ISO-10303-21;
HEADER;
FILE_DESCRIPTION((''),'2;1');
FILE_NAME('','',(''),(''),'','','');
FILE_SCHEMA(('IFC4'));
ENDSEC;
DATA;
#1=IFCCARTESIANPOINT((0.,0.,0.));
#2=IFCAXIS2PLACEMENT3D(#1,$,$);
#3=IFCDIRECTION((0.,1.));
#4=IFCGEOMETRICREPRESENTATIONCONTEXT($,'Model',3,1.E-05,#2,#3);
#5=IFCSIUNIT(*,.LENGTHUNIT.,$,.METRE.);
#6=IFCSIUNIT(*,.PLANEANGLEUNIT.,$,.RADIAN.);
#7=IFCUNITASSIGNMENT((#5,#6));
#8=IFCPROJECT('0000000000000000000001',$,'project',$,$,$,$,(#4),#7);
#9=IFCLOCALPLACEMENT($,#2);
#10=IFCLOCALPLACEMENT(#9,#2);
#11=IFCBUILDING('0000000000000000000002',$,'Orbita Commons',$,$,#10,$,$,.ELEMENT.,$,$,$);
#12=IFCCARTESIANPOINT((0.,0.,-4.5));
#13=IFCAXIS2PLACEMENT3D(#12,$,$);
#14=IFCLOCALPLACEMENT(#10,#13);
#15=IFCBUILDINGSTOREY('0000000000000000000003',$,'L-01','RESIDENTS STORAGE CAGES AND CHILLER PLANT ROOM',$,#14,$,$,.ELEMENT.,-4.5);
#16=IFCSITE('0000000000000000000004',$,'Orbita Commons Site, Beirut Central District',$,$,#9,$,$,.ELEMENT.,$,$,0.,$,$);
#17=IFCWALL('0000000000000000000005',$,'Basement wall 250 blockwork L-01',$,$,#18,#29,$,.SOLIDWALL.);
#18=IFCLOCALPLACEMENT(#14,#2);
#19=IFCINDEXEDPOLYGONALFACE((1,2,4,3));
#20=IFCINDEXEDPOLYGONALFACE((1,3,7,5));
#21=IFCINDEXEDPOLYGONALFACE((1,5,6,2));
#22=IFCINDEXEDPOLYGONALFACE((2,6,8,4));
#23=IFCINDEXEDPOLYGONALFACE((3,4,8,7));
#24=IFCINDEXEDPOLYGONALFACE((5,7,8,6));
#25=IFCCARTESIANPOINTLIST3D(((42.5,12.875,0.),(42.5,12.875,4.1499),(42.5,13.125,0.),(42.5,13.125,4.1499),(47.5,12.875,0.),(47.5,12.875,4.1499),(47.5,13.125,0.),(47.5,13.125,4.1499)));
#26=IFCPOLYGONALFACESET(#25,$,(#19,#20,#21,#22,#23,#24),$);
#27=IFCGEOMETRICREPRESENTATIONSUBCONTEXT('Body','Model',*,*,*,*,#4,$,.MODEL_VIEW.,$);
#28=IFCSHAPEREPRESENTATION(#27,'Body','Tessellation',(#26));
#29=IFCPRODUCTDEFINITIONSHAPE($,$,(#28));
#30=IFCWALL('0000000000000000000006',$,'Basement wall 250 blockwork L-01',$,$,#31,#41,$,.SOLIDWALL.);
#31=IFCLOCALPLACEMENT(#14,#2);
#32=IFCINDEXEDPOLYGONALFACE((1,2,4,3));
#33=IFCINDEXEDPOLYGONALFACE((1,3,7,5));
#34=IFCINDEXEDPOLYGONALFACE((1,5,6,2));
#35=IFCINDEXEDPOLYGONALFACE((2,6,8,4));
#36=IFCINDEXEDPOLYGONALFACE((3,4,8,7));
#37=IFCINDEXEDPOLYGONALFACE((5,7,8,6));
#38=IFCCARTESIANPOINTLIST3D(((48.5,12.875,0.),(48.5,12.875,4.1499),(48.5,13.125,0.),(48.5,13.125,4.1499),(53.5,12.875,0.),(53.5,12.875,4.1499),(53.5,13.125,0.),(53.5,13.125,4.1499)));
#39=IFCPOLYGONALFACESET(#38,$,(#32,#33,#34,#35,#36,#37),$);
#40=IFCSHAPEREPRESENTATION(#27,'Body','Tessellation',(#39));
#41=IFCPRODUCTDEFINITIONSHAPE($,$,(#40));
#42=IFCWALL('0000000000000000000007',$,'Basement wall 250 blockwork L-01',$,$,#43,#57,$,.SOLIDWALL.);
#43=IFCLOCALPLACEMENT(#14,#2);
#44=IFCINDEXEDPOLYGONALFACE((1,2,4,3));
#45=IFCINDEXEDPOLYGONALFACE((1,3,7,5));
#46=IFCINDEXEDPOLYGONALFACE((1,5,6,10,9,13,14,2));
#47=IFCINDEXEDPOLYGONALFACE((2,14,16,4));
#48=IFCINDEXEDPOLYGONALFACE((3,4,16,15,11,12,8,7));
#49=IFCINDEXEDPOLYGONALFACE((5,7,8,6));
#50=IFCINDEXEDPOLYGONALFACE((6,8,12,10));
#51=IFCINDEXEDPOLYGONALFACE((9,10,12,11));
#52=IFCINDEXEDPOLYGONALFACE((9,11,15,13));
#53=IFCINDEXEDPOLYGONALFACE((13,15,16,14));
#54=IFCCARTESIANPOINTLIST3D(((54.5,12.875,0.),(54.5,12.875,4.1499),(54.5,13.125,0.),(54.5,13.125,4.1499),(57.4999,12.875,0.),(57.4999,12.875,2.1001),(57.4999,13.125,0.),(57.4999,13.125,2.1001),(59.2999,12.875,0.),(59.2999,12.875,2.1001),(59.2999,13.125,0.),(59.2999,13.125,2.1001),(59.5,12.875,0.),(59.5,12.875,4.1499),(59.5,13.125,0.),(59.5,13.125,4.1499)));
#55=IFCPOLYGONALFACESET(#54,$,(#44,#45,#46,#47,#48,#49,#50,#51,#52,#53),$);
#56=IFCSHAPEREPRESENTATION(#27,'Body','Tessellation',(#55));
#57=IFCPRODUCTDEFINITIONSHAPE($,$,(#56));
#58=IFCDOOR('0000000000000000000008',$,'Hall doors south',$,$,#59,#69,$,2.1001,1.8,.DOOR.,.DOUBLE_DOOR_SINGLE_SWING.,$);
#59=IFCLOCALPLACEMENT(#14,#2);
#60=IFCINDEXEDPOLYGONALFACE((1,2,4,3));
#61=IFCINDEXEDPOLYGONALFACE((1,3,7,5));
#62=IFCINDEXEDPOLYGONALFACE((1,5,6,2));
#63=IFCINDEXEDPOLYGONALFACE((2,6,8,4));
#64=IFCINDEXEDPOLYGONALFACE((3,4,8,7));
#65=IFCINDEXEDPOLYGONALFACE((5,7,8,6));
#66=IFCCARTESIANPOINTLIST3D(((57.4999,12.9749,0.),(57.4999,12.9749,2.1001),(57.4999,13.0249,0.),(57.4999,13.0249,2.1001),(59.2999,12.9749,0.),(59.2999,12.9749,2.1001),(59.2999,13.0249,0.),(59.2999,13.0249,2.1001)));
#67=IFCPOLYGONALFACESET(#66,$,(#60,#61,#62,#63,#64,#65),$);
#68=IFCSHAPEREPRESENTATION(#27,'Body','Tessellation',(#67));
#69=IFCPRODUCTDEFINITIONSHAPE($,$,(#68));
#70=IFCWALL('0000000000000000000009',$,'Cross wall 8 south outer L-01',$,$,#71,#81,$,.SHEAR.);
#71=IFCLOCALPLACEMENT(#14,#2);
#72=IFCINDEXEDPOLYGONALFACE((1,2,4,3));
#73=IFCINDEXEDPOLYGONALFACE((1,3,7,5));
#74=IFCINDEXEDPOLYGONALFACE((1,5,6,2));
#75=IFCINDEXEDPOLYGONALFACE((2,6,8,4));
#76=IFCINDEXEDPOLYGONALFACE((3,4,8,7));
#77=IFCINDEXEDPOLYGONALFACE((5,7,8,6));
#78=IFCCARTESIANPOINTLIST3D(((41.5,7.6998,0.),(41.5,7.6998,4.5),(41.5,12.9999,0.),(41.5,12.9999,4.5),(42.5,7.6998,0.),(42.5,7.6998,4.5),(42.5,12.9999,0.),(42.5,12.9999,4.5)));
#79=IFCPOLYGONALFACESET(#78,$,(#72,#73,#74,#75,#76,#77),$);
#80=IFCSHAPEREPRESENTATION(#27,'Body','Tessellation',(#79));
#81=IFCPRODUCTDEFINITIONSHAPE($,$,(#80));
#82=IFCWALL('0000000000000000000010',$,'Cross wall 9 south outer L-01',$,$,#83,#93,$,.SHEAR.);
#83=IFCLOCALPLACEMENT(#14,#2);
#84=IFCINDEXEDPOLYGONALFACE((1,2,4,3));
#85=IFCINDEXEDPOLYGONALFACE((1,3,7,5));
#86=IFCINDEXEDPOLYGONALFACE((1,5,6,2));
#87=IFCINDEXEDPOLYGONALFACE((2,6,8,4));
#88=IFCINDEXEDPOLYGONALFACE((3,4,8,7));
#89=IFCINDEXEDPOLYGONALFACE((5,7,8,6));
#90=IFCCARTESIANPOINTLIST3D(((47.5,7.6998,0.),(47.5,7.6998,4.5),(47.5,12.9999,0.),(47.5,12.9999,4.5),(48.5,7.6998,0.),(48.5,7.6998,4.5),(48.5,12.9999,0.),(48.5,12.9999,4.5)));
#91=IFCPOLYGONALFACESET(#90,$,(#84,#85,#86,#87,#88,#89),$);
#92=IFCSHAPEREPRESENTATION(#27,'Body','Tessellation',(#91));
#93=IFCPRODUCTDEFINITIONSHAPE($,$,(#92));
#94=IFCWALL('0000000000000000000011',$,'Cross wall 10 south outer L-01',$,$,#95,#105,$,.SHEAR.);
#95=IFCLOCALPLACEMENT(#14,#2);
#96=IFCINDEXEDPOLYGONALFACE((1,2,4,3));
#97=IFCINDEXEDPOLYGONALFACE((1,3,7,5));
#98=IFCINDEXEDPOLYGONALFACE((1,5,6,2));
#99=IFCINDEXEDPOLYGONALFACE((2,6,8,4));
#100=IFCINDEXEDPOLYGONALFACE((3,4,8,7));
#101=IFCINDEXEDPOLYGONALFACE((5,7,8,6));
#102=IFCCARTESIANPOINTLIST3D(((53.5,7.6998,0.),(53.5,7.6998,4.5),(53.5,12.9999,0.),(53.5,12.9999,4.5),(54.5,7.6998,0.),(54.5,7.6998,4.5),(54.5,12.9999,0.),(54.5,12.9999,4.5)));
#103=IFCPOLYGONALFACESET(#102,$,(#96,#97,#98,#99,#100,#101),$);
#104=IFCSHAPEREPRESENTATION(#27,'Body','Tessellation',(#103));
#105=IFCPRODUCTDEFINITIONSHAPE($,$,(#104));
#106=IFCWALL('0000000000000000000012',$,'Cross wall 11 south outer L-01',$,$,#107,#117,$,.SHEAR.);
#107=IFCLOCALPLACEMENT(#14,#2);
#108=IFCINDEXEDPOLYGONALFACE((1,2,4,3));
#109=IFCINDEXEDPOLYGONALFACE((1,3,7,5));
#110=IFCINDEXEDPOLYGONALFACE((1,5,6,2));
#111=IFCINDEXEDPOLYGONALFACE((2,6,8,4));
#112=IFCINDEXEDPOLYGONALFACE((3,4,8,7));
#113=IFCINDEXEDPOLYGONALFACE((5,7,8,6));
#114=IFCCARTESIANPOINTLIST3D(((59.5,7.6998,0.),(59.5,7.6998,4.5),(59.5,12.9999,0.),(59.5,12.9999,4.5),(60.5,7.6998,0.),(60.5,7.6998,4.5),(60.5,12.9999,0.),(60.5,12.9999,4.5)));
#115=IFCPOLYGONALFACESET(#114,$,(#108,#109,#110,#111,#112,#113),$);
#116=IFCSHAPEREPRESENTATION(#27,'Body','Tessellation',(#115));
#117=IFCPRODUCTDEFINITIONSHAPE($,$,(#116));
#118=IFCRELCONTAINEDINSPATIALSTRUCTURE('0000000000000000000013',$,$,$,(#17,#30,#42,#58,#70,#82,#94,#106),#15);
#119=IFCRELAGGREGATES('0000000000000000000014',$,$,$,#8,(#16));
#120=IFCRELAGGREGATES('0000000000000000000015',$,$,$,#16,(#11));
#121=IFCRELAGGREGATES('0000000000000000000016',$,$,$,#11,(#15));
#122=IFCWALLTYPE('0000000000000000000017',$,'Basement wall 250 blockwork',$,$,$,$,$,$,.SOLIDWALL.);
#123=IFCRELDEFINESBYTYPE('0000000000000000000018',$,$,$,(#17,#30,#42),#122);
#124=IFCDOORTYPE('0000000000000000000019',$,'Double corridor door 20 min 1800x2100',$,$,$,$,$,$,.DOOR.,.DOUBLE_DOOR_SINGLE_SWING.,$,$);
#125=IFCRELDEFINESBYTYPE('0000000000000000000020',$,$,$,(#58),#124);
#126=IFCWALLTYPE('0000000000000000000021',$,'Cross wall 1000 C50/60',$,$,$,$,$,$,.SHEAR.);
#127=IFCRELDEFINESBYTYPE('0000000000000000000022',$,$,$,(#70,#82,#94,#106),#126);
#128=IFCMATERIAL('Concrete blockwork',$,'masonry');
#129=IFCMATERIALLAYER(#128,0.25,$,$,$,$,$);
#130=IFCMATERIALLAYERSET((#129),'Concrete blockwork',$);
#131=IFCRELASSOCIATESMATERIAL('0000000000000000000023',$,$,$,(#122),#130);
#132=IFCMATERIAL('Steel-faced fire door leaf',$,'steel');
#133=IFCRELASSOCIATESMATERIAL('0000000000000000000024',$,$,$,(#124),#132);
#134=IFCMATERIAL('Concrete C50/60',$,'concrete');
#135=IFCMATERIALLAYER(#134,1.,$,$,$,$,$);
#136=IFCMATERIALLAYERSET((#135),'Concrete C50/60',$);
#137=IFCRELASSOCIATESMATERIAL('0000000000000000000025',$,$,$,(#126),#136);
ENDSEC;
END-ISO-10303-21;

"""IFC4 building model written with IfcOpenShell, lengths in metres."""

from ifc_helpers import new_model, si_unit, direction, frame, frame_2d, origin, place, context, subcontext, project, spatial, rectangle, extrude, material, layer, layer_set, type_object, element, fill, save


model = new_model("IFC4")

# Units and contexts
model_context = context("Model", 3, precision=1e-05, world=origin(), true_north=direction((0.0, 1.0)))
body_context = subcontext(model_context, "Body", "Model", "MODEL_VIEW")
ifc_project = project(units=[si_unit("LENGTHUNIT", "METRE"), si_unit("PLANEANGLEUNIT", "RADIAN")], contexts=[model_context])

# Site, building, storey
site_placement = place(None, origin())
site = spatial("IfcSite", under=ifc_project, at=site_placement, Name="Orbita Commons Site, Beirut Central District", CompositionType="ELEMENT", RefElevation=0.0)
building_placement = place(site_placement, origin())
building = spatial("IfcBuilding", under=site, at=building_placement, Name="Orbita Commons", CompositionType="ELEMENT")
storey_placement = place(building_placement, frame((0.0, 0.0, -4.5)))
storey = spatial("IfcBuildingStorey", under=building, at=storey_placement, Name="L-01", Description="RESIDENTS STORAGE CAGES AND CHILLER PLANT ROOM", CompositionType="ELEMENT", Elevation=-4.5)

# Walls
ifc_material_1 = material(Name="Concrete blockwork", Category="masonry")
ifc_layer_1 = layer(ifc_material_1, 0.25)
ifc_layer_set_1 = layer_set([ifc_layer_1], Name="Concrete blockwork")
wall_type_1 = type_object("IfcWallType", Name="Basement wall 250 blockwork", PredefinedType="SOLIDWALL", material=ifc_layer_set_1)
for number, where, z_axis, x_axis, name in (
    (1, (42.5, 13.0, 0.0), (0.0, 0.0, 1.0), (1.0, 0.0, 0.0), "Basement wall 250 blockwork L-01"),
    (2, (48.5, 13.0, 0.0), (0.0, 0.0, 1.0), (1.0, 0.0, 0.0), "Basement wall 250 blockwork L-01"),
):
    element("IfcWall", number, at=place(storey_placement, frame(where, z_axis=z_axis, x_axis=x_axis)), inside=storey, type_object=wall_type_1, Name=name, PredefinedType="SOLIDWALL", context=body_context, shape_type="SweptSolid", body=[
        extrude(rectangle(XDim=5.0, YDim=0.25, at=frame_2d((2.5, 0.0))), origin(), (0.0, 0.0, 1.0), 4.1499),
    ])

# Wall, opening, door
wall_placement = place(storey_placement, frame((54.5, 13.0, 0.0), z_axis=(0.0, 0.0, 1.0), x_axis=(1.0, 0.0, 0.0)))
wall = element("IfcWall", 3, at=wall_placement, inside=storey, type_object=wall_type_1, Name="Basement wall 250 blockwork L-01", PredefinedType="SOLIDWALL", context=body_context, shape_type="SweptSolid", body=[
    extrude(rectangle(XDim=5.0, YDim=0.25, at=frame_2d((2.5, 0.0))), origin(), (0.0, 0.0, 1.0), 4.1499),
])
opening_placement = place(wall_placement, frame((3.0, 0.0, 0.0)))
opening = element("IfcOpeningElement", 4, at=opening_placement, cuts=wall, PredefinedType="OPENING", context=body_context, shape_type="SweptSolid", body=[
    extrude(rectangle(XDim=1.8, YDim=2.1001, at=frame_2d((0.8999, 1.05))), frame((0.0, 0.135, 0.0), z_axis=(0.0, -1.0, 0.0), x_axis=(1.0, 0.0, 0.0)), (0.0, 0.0, 1.0), 0.27),
])
ifc_material_2 = material(Name="Steel-faced fire door leaf", Category="steel")
door_type = type_object("IfcDoorType", Name="Double corridor door 20 min 1800x2100", OperationType="DOUBLE_DOOR_SINGLE_SWING", PredefinedType="DOOR", material=ifc_material_2)
door_placement = place(opening_placement, origin())
door = element("IfcDoor", 5, at=door_placement, inside=storey, type_object=door_type, Name="Hall doors south", OperationType="DOUBLE_DOOR_SINGLE_SWING", OverallHeight=2.1001, OverallWidth=1.8, PredefinedType="DOOR", context=body_context, shape_type="SweptSolid", body=[
    extrude(rectangle(XDim=1.8, YDim=2.1001, at=frame_2d((0.8999, 1.05))), frame((0.0, 0.0249, 0.0), z_axis=(0.0, -1.0, 0.0), x_axis=(1.0, 0.0, 0.0)), (0.0, 0.0, 1.0), 0.05),
])
fill(opening, door)

# Walls
ifc_material_3 = material(Name="Concrete C50/60", Category="concrete")
ifc_layer_2 = layer(ifc_material_3, 1.0)
ifc_layer_set_2 = layer_set([ifc_layer_2], Name="Concrete C50/60")
wall_type_2 = type_object("IfcWallType", Name="Cross wall 1000 C50/60", PredefinedType="SHEAR", material=ifc_layer_set_2)
for number, where, z_axis, x_axis, name in (
    (6, (42.0, 7.7, 0.0), (0.0, 0.0, 1.0), (0.0, 1.0, 0.0), "Cross wall 8 south outer L-01"),
    (7, (48.0, 7.7, 0.0), (0.0, 0.0, 1.0), (0.0, 1.0, 0.0), "Cross wall 9 south outer L-01"),
    (8, (54.0, 7.7, 0.0), (0.0, 0.0, 1.0), (0.0, 1.0, 0.0), "Cross wall 10 south outer L-01"),
    (9, (60.0, 7.7, 0.0), (0.0, 0.0, 1.0), (0.0, 1.0, 0.0), "Cross wall 11 south outer L-01"),
):
    element("IfcWall", number, at=place(storey_placement, frame(where, z_axis=z_axis, x_axis=x_axis)), inside=storey, type_object=wall_type_2, Name=name, PredefinedType="SHEAR", context=body_context, shape_type="SweptSolid", body=[
        extrude(rectangle(XDim=5.3, YDim=1.0, at=frame_2d((2.6499, 0.0))), origin(), (0.0, 0.0, 1.0), 4.5),
    ])

save(model, "model.ifc")
